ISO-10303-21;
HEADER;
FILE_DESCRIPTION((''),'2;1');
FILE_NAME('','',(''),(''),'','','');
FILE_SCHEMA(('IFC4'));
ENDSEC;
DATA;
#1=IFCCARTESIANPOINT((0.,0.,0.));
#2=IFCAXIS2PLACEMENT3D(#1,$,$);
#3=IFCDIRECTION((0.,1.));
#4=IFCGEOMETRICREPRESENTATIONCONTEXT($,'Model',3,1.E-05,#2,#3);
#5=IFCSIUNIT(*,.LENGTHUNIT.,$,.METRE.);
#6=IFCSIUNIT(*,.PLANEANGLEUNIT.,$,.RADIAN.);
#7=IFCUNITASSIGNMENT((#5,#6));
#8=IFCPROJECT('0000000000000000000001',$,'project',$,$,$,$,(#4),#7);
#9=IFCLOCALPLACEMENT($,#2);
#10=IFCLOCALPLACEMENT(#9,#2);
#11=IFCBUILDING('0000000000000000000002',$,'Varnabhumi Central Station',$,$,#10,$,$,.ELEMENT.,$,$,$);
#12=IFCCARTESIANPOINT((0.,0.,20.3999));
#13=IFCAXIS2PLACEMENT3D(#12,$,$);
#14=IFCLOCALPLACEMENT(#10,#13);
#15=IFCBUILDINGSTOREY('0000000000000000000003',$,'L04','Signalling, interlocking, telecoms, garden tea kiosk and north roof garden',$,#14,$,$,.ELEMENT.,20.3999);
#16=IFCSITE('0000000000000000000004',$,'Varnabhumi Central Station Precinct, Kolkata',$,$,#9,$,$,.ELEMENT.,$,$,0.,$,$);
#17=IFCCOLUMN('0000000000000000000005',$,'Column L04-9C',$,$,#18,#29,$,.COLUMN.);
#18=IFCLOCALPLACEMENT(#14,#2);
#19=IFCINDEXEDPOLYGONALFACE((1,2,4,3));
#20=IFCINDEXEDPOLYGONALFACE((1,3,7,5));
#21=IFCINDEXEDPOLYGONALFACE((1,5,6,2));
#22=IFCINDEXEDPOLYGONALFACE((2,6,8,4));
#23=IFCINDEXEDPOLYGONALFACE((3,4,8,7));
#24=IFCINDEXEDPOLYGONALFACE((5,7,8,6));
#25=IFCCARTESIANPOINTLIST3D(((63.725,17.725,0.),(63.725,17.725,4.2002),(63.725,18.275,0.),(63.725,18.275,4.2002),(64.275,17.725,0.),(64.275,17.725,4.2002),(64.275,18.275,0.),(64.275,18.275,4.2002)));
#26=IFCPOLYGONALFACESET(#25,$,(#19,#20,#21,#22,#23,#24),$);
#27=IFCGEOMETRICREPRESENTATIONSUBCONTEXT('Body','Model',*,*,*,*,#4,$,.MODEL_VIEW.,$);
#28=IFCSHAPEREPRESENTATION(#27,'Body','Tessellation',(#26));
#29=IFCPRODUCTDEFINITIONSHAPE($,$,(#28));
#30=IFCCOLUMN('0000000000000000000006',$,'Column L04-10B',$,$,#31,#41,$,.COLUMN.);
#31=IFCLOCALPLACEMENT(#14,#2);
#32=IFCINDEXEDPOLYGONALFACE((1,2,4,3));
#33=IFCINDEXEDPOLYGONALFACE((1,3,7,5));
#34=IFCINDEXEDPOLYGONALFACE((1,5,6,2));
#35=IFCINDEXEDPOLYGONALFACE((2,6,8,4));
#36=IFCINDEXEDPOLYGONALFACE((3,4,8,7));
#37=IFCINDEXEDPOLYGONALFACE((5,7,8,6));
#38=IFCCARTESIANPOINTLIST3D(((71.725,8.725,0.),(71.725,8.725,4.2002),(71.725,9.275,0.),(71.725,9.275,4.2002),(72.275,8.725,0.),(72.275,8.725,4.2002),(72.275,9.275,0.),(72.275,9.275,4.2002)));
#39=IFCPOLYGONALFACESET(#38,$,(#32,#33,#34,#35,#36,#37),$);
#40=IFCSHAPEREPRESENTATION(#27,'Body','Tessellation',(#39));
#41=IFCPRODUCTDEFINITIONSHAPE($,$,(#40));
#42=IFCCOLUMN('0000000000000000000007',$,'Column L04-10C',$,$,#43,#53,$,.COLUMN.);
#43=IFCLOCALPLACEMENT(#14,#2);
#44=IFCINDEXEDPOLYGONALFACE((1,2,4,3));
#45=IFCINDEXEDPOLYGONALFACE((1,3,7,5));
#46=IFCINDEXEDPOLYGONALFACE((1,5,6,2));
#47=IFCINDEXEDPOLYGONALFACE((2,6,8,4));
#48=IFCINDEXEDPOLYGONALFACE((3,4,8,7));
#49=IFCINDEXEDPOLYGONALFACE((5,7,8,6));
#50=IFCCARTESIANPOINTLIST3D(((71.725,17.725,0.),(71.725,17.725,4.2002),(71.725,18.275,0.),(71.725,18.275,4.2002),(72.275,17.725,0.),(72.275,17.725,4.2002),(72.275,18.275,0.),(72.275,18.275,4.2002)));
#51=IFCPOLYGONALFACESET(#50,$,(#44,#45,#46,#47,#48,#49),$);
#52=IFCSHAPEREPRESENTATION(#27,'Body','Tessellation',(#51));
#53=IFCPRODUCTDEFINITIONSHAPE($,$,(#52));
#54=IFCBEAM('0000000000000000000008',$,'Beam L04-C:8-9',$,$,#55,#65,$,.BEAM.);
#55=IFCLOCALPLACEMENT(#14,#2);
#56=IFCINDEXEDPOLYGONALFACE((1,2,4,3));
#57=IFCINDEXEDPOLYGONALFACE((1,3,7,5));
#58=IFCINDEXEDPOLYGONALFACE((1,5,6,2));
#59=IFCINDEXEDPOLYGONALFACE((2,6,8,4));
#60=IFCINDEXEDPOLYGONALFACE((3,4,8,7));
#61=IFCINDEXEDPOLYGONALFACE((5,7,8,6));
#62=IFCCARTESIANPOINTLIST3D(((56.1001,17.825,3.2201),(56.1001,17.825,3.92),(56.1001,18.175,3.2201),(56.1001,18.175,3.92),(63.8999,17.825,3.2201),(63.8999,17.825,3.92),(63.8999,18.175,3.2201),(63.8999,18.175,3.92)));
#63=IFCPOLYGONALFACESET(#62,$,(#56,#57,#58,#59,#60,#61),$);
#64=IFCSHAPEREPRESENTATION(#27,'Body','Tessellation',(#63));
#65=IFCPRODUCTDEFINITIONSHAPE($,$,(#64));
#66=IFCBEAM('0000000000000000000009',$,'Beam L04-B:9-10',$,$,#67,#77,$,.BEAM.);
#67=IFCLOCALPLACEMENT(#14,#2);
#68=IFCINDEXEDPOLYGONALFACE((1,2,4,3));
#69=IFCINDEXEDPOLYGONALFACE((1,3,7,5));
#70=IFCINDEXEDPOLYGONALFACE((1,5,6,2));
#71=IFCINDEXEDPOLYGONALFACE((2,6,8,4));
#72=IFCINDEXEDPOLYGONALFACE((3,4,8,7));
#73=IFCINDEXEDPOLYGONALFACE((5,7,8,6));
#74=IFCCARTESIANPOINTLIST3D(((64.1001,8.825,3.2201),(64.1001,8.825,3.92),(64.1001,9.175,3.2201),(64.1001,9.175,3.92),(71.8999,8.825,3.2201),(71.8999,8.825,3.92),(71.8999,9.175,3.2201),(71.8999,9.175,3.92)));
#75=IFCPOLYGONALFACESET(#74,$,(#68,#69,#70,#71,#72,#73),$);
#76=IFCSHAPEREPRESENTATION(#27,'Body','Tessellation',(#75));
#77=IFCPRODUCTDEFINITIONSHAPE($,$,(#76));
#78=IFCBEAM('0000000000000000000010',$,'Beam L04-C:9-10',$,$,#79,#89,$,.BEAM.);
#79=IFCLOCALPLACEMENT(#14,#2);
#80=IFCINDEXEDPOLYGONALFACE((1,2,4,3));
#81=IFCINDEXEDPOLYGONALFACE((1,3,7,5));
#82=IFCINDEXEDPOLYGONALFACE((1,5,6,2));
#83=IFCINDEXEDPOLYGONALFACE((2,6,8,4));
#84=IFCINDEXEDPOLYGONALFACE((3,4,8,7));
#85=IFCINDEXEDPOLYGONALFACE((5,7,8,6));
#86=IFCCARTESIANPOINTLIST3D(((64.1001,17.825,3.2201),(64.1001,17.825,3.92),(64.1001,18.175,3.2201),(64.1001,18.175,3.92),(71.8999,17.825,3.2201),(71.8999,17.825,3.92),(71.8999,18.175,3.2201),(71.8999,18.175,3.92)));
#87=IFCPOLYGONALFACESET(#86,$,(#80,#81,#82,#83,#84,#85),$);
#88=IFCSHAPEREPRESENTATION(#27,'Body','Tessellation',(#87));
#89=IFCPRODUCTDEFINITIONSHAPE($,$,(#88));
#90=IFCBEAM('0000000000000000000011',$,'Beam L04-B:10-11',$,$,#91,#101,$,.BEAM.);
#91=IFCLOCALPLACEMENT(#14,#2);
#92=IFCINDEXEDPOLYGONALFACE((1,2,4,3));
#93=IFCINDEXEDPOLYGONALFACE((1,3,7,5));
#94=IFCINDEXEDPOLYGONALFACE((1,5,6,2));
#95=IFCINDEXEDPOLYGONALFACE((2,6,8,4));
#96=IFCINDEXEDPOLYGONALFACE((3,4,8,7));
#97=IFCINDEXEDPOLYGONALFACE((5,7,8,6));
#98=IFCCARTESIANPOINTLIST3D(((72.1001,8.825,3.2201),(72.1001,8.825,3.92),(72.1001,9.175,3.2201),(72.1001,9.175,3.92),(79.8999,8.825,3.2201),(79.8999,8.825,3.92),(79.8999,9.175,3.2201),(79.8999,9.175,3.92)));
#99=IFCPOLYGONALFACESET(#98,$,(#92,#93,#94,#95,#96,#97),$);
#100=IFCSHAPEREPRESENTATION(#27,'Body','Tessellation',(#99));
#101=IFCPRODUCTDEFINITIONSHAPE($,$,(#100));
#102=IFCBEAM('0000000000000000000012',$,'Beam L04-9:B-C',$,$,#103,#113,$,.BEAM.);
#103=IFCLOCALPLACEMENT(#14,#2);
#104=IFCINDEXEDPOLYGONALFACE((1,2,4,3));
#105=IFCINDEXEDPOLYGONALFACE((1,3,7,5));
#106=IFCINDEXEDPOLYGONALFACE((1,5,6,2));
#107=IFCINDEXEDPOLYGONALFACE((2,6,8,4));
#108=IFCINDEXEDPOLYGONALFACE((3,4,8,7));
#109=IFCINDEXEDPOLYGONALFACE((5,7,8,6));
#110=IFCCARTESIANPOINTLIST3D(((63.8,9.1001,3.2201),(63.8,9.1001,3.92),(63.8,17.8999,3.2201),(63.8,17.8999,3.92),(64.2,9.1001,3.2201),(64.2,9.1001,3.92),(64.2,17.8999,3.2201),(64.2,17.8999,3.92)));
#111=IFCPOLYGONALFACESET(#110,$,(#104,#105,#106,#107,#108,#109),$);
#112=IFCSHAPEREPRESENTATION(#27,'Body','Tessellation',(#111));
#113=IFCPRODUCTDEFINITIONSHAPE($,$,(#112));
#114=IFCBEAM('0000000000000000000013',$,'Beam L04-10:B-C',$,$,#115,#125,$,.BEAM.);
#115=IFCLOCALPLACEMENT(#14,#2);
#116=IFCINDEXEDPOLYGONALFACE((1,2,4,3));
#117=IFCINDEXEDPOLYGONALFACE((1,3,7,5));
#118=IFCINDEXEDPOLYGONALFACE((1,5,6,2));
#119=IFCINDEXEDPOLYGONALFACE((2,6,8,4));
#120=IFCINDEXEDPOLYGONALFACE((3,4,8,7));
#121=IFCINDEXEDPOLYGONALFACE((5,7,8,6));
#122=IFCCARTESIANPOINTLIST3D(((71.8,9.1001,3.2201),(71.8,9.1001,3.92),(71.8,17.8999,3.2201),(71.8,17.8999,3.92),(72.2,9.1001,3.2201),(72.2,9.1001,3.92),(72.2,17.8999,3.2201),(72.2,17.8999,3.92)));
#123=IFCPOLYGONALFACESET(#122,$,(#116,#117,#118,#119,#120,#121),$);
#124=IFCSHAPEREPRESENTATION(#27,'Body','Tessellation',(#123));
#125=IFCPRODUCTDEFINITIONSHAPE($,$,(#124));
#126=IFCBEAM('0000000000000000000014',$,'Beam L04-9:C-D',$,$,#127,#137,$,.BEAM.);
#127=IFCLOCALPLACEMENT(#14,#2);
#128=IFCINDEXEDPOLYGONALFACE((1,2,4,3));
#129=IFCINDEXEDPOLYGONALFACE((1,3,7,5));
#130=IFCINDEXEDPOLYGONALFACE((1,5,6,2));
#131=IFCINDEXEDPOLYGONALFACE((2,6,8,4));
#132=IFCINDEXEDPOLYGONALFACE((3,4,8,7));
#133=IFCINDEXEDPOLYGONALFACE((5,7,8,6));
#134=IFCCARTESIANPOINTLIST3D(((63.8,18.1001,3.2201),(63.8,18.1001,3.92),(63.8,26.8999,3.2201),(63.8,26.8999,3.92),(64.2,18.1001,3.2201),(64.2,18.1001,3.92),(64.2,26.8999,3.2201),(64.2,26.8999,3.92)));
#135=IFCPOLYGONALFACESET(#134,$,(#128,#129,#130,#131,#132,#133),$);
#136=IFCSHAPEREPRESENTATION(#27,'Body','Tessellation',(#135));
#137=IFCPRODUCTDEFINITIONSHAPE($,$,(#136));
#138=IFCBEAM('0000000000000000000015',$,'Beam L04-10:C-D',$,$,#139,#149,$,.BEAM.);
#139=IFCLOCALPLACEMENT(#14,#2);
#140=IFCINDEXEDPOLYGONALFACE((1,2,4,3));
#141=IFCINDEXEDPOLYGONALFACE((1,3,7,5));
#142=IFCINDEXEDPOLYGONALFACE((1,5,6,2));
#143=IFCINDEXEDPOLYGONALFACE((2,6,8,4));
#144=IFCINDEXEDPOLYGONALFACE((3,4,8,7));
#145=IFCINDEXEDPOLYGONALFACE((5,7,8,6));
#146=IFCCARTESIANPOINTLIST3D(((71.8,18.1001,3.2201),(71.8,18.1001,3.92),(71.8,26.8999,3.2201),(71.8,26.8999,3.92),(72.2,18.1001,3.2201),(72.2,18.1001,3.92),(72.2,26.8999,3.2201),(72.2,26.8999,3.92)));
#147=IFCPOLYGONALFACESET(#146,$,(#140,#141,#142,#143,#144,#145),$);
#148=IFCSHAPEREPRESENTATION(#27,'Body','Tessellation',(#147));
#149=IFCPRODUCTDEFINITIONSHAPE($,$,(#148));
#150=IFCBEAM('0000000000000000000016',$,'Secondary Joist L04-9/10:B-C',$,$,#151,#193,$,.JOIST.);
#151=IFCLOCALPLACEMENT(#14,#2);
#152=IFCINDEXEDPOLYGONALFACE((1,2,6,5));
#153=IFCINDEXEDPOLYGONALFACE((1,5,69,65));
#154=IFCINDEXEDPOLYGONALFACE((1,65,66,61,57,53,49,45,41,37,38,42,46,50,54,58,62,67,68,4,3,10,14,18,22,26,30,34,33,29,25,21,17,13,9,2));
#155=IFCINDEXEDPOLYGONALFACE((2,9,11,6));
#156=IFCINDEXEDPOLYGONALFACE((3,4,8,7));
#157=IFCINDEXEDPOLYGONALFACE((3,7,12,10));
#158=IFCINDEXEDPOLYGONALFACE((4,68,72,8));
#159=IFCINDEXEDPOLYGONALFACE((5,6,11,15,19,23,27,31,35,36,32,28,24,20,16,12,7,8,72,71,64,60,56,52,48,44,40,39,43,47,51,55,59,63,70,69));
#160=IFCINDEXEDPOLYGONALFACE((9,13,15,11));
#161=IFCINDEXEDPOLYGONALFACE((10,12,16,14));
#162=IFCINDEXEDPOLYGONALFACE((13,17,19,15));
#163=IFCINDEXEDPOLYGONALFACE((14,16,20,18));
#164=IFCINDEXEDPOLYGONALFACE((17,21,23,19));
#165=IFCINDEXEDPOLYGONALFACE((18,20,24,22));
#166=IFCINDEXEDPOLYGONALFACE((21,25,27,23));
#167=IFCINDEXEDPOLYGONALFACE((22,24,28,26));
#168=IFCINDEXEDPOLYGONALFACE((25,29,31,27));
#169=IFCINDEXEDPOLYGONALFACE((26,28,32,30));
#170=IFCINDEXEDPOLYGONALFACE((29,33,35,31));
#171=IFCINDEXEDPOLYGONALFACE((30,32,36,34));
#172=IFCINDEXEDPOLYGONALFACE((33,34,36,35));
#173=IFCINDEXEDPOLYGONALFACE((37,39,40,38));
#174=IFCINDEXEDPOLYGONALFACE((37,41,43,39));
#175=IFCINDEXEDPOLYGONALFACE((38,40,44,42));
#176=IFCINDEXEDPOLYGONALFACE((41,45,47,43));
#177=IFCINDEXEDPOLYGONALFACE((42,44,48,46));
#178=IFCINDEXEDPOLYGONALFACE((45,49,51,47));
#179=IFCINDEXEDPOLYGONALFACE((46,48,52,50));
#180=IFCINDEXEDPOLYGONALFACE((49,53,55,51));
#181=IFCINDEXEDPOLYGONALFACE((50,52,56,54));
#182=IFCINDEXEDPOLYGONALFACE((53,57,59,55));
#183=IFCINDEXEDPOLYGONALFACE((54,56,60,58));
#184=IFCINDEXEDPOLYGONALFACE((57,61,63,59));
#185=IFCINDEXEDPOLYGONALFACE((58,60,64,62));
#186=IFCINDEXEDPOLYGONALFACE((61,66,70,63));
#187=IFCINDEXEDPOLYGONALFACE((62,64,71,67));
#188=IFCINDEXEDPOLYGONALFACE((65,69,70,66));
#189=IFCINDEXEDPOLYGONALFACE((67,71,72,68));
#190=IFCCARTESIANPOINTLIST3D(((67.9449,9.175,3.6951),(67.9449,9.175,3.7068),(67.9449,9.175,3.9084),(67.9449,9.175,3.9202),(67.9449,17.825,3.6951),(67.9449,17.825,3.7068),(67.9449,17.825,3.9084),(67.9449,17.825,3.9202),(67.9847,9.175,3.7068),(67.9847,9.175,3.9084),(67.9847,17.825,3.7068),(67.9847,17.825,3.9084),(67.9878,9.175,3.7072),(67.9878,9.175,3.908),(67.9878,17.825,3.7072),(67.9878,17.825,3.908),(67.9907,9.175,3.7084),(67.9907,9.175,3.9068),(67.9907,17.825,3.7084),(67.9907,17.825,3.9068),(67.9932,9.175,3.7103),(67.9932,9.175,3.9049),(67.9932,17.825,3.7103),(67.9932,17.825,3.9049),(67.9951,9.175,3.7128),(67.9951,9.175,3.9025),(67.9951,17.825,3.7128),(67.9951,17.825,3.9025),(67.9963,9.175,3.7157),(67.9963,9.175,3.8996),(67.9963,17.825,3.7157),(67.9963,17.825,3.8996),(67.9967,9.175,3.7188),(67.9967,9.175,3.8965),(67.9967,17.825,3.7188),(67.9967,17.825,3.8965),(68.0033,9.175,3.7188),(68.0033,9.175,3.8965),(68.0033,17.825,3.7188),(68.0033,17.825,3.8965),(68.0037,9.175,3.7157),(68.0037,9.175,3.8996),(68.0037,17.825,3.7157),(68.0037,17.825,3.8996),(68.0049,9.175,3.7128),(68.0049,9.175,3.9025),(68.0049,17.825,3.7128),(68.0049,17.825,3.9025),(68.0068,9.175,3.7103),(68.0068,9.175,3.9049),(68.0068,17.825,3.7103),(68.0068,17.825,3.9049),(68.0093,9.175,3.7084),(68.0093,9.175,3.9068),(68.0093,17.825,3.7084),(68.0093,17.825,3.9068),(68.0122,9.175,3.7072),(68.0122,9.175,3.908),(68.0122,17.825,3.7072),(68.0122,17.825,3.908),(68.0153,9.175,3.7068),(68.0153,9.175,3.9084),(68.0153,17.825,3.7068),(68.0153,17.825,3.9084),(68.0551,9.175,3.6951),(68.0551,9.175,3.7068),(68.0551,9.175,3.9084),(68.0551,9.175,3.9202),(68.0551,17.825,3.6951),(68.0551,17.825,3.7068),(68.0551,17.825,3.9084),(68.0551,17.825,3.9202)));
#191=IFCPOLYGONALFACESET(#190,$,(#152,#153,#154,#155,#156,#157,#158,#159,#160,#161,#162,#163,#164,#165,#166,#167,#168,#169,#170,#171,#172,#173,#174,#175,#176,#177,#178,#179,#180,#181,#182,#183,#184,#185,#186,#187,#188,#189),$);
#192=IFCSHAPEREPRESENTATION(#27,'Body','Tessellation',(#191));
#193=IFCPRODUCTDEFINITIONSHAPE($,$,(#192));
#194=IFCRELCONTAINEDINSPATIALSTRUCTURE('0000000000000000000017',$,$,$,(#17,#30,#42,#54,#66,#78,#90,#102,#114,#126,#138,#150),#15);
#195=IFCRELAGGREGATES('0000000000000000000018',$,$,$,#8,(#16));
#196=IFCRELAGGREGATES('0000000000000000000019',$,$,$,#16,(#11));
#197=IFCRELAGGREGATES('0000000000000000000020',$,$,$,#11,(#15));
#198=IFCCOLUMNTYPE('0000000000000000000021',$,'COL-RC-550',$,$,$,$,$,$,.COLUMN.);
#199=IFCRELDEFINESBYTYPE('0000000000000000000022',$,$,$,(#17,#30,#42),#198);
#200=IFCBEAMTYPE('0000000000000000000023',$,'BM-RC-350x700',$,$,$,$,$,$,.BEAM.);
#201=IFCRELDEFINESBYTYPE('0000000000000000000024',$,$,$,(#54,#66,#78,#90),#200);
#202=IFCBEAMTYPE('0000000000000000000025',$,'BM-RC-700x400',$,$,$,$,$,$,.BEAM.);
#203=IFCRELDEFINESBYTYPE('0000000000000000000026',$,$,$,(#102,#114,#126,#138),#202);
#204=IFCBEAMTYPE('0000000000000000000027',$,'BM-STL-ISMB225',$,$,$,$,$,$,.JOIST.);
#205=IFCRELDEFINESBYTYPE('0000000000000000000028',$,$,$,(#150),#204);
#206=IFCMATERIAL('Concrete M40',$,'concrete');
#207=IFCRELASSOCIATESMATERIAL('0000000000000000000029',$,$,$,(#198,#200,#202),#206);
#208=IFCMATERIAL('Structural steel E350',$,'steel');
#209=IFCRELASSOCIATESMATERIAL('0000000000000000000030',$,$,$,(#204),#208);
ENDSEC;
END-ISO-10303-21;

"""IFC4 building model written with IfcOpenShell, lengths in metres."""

from ifc_helpers import new_model, si_unit, direction, frame, origin, origin_2d, place, context, subcontext, project, spatial, rectangle, i_section, extrude, material, material_profile, profile_set, type_object, element, save


model = new_model("IFC4")

# Units and contexts
model_context = context("Model", 3, precision=1e-05, world=origin(), true_north=direction((0.0, 1.0)))
body_context = subcontext(model_context, "Body", "Model", "MODEL_VIEW")
ifc_project = project(units=[si_unit("LENGTHUNIT", "METRE"), si_unit("PLANEANGLEUNIT", "RADIAN")], contexts=[model_context])

# Site, building, storey
site_placement = place(None, origin())
site = spatial("IfcSite", under=ifc_project, at=site_placement, Name="Varnabhumi Central Station Precinct, Kolkata", CompositionType="ELEMENT", RefElevation=0.0)
building_placement = place(site_placement, origin())
building = spatial("IfcBuilding", under=site, at=building_placement, Name="Varnabhumi Central Station", CompositionType="ELEMENT")
storey_placement = place(building_placement, frame((0.0, 0.0, 20.3999)))
storey = spatial("IfcBuildingStorey", under=building, at=storey_placement, Name="L04", Description="Signalling, interlocking, telecoms, garden tea kiosk and north roof garden", CompositionType="ELEMENT", Elevation=20.3999)

# Columns
ifc_material_1 = material(Name="Concrete M40", Category="concrete")
ifc_material_profile_1 = material_profile(ifc_material_1, rectangle(XDim=0.55, YDim=0.55, at=origin_2d()), Name="Concrete M40", Category="concrete")
ifc_profile_set_1 = profile_set([ifc_material_profile_1], Name="Concrete M40")
column_type = type_object("IfcColumnType", Name="COL-RC-550", PredefinedType="COLUMN", material=ifc_profile_set_1)
for number, where, z_axis, x_axis, name in (
    (1, (64.0, 18.0, 0.0), (0.0, 0.0, 1.0), (1.0, 0.0, 0.0), "Column L04-9C"),
    (2, (72.0, 9.0, 0.0), (0.0, 0.0, 1.0), (1.0, 0.0, 0.0), "Column L04-10B"),
    (3, (72.0, 18.0, 0.0), (0.0, 0.0, 1.0), (1.0, 0.0, 0.0), "Column L04-10C"),
):
    element("IfcColumn", number, at=place(storey_placement, frame(where, z_axis=z_axis, x_axis=x_axis)), inside=storey, type_object=column_type, Name=name, PredefinedType="COLUMN", context=body_context, shape_type="SweptSolid", body=[
        extrude(rectangle(XDim=0.55, YDim=0.55, at=origin_2d()), origin(), (0.0, 0.0, 1.0), 4.2002),
    ])

# Beams
ifc_material_profile_2 = material_profile(ifc_material_1, rectangle(XDim=0.3501, YDim=0.7, at=origin_2d()), Name="Concrete M40", Category="concrete")
ifc_profile_set_2 = profile_set([ifc_material_profile_2], Name="Concrete M40")
beam_type_1 = type_object("IfcBeamType", Name="BM-RC-350x700", PredefinedType="BEAM", material=ifc_profile_set_2)
for number, where, z_axis, x_axis, name in (
    (4, (56.1001, 18.0, 3.5701), (1.0, 0.0, 0.0), (0.0, 1.0, 0.0), "Beam L04-C:8-9"),
    (5, (64.1001, 9.0, 3.5701), (1.0, 0.0, 0.0), (0.0, 1.0, 0.0), "Beam L04-B:9-10"),
    (6, (64.1001, 18.0, 3.5701), (1.0, 0.0, 0.0), (0.0, 1.0, 0.0), "Beam L04-C:9-10"),
    (7, (72.1001, 9.0, 3.5701), (1.0, 0.0, 0.0), (0.0, 1.0, 0.0), "Beam L04-B:10-11"),
):
    element("IfcBeam", number, at=place(storey_placement, frame(where, z_axis=z_axis, x_axis=x_axis)), inside=storey, type_object=beam_type_1, Name=name, PredefinedType="BEAM", context=body_context, shape_type="SweptSolid", body=[
        extrude(rectangle(XDim=0.3501, YDim=0.7, at=origin_2d()), origin(), (0.0, 0.0, 1.0), 7.7998),
    ])
ifc_material_profile_3 = material_profile(ifc_material_1, rectangle(XDim=0.3999, YDim=0.7, at=origin_2d()), Name="Concrete M40", Category="concrete")
ifc_profile_set_3 = profile_set([ifc_material_profile_3], Name="Concrete M40")
beam_type_2 = type_object("IfcBeamType", Name="BM-RC-700x400", PredefinedType="BEAM", material=ifc_profile_set_3)
for number, where, z_axis, x_axis, name in (
    (8, (64.0, 9.1001, 3.5701), (0.0, 1.0, 0.0), (-1.0, 0.0, 0.0), "Beam L04-9:B-C"),
    (9, (72.0, 9.1001, 3.5701), (0.0, 1.0, 0.0), (-1.0, 0.0, 0.0), "Beam L04-10:B-C"),
    (10, (64.0, 18.1001, 3.5701), (0.0, 1.0, 0.0), (-1.0, 0.0, 0.0), "Beam L04-9:C-D"),
    (11, (72.0, 18.1001, 3.5701), (0.0, 1.0, 0.0), (-1.0, 0.0, 0.0), "Beam L04-10:C-D"),
):
    element("IfcBeam", number, at=place(storey_placement, frame(where, z_axis=z_axis, x_axis=x_axis)), inside=storey, type_object=beam_type_2, Name=name, PredefinedType="BEAM", context=body_context, shape_type="SweptSolid", body=[
        extrude(rectangle(XDim=0.3999, YDim=0.7, at=origin_2d()), origin(), (0.0, 0.0, 1.0), 8.7998),
    ])
ifc_material_2 = material(Name="Structural steel E350", Category="steel")
ifc_material_profile_4 = material_profile(ifc_material_2, i_section(OverallWidth=0.1101, OverallDepth=0.2251, WebThickness=0.0066, FlangeThickness=0.0117, FilletRadius=0.012, at=origin_2d()), Name="Structural steel E350", Category="steel")
ifc_profile_set_4 = profile_set([ifc_material_profile_4], Name="Structural steel E350")
beam_type_3 = type_object("IfcBeamType", Name="BM-STL-ISMB225", PredefinedType="JOIST", material=ifc_profile_set_4)
for number, where, z_axis, x_axis, name in (
    (12, (68.0, 9.175, 3.8076), (0.0, 1.0, 0.0), (-1.0, 0.0, 0.0), "Secondary Joist L04-9/10:B-C"),
):
    element("IfcBeam", number, at=place(storey_placement, frame(where, z_axis=z_axis, x_axis=x_axis)), inside=storey, type_object=beam_type_3, Name=name, PredefinedType="JOIST", context=body_context, shape_type="SweptSolid", body=[
        extrude(i_section(OverallWidth=0.1101, OverallDepth=0.2251, WebThickness=0.0066, FlangeThickness=0.0117, FilletRadius=0.012, at=origin_2d()), origin(), (0.0, 0.0, 1.0), 8.6499),
    ])

save(model, "model.ifc")
